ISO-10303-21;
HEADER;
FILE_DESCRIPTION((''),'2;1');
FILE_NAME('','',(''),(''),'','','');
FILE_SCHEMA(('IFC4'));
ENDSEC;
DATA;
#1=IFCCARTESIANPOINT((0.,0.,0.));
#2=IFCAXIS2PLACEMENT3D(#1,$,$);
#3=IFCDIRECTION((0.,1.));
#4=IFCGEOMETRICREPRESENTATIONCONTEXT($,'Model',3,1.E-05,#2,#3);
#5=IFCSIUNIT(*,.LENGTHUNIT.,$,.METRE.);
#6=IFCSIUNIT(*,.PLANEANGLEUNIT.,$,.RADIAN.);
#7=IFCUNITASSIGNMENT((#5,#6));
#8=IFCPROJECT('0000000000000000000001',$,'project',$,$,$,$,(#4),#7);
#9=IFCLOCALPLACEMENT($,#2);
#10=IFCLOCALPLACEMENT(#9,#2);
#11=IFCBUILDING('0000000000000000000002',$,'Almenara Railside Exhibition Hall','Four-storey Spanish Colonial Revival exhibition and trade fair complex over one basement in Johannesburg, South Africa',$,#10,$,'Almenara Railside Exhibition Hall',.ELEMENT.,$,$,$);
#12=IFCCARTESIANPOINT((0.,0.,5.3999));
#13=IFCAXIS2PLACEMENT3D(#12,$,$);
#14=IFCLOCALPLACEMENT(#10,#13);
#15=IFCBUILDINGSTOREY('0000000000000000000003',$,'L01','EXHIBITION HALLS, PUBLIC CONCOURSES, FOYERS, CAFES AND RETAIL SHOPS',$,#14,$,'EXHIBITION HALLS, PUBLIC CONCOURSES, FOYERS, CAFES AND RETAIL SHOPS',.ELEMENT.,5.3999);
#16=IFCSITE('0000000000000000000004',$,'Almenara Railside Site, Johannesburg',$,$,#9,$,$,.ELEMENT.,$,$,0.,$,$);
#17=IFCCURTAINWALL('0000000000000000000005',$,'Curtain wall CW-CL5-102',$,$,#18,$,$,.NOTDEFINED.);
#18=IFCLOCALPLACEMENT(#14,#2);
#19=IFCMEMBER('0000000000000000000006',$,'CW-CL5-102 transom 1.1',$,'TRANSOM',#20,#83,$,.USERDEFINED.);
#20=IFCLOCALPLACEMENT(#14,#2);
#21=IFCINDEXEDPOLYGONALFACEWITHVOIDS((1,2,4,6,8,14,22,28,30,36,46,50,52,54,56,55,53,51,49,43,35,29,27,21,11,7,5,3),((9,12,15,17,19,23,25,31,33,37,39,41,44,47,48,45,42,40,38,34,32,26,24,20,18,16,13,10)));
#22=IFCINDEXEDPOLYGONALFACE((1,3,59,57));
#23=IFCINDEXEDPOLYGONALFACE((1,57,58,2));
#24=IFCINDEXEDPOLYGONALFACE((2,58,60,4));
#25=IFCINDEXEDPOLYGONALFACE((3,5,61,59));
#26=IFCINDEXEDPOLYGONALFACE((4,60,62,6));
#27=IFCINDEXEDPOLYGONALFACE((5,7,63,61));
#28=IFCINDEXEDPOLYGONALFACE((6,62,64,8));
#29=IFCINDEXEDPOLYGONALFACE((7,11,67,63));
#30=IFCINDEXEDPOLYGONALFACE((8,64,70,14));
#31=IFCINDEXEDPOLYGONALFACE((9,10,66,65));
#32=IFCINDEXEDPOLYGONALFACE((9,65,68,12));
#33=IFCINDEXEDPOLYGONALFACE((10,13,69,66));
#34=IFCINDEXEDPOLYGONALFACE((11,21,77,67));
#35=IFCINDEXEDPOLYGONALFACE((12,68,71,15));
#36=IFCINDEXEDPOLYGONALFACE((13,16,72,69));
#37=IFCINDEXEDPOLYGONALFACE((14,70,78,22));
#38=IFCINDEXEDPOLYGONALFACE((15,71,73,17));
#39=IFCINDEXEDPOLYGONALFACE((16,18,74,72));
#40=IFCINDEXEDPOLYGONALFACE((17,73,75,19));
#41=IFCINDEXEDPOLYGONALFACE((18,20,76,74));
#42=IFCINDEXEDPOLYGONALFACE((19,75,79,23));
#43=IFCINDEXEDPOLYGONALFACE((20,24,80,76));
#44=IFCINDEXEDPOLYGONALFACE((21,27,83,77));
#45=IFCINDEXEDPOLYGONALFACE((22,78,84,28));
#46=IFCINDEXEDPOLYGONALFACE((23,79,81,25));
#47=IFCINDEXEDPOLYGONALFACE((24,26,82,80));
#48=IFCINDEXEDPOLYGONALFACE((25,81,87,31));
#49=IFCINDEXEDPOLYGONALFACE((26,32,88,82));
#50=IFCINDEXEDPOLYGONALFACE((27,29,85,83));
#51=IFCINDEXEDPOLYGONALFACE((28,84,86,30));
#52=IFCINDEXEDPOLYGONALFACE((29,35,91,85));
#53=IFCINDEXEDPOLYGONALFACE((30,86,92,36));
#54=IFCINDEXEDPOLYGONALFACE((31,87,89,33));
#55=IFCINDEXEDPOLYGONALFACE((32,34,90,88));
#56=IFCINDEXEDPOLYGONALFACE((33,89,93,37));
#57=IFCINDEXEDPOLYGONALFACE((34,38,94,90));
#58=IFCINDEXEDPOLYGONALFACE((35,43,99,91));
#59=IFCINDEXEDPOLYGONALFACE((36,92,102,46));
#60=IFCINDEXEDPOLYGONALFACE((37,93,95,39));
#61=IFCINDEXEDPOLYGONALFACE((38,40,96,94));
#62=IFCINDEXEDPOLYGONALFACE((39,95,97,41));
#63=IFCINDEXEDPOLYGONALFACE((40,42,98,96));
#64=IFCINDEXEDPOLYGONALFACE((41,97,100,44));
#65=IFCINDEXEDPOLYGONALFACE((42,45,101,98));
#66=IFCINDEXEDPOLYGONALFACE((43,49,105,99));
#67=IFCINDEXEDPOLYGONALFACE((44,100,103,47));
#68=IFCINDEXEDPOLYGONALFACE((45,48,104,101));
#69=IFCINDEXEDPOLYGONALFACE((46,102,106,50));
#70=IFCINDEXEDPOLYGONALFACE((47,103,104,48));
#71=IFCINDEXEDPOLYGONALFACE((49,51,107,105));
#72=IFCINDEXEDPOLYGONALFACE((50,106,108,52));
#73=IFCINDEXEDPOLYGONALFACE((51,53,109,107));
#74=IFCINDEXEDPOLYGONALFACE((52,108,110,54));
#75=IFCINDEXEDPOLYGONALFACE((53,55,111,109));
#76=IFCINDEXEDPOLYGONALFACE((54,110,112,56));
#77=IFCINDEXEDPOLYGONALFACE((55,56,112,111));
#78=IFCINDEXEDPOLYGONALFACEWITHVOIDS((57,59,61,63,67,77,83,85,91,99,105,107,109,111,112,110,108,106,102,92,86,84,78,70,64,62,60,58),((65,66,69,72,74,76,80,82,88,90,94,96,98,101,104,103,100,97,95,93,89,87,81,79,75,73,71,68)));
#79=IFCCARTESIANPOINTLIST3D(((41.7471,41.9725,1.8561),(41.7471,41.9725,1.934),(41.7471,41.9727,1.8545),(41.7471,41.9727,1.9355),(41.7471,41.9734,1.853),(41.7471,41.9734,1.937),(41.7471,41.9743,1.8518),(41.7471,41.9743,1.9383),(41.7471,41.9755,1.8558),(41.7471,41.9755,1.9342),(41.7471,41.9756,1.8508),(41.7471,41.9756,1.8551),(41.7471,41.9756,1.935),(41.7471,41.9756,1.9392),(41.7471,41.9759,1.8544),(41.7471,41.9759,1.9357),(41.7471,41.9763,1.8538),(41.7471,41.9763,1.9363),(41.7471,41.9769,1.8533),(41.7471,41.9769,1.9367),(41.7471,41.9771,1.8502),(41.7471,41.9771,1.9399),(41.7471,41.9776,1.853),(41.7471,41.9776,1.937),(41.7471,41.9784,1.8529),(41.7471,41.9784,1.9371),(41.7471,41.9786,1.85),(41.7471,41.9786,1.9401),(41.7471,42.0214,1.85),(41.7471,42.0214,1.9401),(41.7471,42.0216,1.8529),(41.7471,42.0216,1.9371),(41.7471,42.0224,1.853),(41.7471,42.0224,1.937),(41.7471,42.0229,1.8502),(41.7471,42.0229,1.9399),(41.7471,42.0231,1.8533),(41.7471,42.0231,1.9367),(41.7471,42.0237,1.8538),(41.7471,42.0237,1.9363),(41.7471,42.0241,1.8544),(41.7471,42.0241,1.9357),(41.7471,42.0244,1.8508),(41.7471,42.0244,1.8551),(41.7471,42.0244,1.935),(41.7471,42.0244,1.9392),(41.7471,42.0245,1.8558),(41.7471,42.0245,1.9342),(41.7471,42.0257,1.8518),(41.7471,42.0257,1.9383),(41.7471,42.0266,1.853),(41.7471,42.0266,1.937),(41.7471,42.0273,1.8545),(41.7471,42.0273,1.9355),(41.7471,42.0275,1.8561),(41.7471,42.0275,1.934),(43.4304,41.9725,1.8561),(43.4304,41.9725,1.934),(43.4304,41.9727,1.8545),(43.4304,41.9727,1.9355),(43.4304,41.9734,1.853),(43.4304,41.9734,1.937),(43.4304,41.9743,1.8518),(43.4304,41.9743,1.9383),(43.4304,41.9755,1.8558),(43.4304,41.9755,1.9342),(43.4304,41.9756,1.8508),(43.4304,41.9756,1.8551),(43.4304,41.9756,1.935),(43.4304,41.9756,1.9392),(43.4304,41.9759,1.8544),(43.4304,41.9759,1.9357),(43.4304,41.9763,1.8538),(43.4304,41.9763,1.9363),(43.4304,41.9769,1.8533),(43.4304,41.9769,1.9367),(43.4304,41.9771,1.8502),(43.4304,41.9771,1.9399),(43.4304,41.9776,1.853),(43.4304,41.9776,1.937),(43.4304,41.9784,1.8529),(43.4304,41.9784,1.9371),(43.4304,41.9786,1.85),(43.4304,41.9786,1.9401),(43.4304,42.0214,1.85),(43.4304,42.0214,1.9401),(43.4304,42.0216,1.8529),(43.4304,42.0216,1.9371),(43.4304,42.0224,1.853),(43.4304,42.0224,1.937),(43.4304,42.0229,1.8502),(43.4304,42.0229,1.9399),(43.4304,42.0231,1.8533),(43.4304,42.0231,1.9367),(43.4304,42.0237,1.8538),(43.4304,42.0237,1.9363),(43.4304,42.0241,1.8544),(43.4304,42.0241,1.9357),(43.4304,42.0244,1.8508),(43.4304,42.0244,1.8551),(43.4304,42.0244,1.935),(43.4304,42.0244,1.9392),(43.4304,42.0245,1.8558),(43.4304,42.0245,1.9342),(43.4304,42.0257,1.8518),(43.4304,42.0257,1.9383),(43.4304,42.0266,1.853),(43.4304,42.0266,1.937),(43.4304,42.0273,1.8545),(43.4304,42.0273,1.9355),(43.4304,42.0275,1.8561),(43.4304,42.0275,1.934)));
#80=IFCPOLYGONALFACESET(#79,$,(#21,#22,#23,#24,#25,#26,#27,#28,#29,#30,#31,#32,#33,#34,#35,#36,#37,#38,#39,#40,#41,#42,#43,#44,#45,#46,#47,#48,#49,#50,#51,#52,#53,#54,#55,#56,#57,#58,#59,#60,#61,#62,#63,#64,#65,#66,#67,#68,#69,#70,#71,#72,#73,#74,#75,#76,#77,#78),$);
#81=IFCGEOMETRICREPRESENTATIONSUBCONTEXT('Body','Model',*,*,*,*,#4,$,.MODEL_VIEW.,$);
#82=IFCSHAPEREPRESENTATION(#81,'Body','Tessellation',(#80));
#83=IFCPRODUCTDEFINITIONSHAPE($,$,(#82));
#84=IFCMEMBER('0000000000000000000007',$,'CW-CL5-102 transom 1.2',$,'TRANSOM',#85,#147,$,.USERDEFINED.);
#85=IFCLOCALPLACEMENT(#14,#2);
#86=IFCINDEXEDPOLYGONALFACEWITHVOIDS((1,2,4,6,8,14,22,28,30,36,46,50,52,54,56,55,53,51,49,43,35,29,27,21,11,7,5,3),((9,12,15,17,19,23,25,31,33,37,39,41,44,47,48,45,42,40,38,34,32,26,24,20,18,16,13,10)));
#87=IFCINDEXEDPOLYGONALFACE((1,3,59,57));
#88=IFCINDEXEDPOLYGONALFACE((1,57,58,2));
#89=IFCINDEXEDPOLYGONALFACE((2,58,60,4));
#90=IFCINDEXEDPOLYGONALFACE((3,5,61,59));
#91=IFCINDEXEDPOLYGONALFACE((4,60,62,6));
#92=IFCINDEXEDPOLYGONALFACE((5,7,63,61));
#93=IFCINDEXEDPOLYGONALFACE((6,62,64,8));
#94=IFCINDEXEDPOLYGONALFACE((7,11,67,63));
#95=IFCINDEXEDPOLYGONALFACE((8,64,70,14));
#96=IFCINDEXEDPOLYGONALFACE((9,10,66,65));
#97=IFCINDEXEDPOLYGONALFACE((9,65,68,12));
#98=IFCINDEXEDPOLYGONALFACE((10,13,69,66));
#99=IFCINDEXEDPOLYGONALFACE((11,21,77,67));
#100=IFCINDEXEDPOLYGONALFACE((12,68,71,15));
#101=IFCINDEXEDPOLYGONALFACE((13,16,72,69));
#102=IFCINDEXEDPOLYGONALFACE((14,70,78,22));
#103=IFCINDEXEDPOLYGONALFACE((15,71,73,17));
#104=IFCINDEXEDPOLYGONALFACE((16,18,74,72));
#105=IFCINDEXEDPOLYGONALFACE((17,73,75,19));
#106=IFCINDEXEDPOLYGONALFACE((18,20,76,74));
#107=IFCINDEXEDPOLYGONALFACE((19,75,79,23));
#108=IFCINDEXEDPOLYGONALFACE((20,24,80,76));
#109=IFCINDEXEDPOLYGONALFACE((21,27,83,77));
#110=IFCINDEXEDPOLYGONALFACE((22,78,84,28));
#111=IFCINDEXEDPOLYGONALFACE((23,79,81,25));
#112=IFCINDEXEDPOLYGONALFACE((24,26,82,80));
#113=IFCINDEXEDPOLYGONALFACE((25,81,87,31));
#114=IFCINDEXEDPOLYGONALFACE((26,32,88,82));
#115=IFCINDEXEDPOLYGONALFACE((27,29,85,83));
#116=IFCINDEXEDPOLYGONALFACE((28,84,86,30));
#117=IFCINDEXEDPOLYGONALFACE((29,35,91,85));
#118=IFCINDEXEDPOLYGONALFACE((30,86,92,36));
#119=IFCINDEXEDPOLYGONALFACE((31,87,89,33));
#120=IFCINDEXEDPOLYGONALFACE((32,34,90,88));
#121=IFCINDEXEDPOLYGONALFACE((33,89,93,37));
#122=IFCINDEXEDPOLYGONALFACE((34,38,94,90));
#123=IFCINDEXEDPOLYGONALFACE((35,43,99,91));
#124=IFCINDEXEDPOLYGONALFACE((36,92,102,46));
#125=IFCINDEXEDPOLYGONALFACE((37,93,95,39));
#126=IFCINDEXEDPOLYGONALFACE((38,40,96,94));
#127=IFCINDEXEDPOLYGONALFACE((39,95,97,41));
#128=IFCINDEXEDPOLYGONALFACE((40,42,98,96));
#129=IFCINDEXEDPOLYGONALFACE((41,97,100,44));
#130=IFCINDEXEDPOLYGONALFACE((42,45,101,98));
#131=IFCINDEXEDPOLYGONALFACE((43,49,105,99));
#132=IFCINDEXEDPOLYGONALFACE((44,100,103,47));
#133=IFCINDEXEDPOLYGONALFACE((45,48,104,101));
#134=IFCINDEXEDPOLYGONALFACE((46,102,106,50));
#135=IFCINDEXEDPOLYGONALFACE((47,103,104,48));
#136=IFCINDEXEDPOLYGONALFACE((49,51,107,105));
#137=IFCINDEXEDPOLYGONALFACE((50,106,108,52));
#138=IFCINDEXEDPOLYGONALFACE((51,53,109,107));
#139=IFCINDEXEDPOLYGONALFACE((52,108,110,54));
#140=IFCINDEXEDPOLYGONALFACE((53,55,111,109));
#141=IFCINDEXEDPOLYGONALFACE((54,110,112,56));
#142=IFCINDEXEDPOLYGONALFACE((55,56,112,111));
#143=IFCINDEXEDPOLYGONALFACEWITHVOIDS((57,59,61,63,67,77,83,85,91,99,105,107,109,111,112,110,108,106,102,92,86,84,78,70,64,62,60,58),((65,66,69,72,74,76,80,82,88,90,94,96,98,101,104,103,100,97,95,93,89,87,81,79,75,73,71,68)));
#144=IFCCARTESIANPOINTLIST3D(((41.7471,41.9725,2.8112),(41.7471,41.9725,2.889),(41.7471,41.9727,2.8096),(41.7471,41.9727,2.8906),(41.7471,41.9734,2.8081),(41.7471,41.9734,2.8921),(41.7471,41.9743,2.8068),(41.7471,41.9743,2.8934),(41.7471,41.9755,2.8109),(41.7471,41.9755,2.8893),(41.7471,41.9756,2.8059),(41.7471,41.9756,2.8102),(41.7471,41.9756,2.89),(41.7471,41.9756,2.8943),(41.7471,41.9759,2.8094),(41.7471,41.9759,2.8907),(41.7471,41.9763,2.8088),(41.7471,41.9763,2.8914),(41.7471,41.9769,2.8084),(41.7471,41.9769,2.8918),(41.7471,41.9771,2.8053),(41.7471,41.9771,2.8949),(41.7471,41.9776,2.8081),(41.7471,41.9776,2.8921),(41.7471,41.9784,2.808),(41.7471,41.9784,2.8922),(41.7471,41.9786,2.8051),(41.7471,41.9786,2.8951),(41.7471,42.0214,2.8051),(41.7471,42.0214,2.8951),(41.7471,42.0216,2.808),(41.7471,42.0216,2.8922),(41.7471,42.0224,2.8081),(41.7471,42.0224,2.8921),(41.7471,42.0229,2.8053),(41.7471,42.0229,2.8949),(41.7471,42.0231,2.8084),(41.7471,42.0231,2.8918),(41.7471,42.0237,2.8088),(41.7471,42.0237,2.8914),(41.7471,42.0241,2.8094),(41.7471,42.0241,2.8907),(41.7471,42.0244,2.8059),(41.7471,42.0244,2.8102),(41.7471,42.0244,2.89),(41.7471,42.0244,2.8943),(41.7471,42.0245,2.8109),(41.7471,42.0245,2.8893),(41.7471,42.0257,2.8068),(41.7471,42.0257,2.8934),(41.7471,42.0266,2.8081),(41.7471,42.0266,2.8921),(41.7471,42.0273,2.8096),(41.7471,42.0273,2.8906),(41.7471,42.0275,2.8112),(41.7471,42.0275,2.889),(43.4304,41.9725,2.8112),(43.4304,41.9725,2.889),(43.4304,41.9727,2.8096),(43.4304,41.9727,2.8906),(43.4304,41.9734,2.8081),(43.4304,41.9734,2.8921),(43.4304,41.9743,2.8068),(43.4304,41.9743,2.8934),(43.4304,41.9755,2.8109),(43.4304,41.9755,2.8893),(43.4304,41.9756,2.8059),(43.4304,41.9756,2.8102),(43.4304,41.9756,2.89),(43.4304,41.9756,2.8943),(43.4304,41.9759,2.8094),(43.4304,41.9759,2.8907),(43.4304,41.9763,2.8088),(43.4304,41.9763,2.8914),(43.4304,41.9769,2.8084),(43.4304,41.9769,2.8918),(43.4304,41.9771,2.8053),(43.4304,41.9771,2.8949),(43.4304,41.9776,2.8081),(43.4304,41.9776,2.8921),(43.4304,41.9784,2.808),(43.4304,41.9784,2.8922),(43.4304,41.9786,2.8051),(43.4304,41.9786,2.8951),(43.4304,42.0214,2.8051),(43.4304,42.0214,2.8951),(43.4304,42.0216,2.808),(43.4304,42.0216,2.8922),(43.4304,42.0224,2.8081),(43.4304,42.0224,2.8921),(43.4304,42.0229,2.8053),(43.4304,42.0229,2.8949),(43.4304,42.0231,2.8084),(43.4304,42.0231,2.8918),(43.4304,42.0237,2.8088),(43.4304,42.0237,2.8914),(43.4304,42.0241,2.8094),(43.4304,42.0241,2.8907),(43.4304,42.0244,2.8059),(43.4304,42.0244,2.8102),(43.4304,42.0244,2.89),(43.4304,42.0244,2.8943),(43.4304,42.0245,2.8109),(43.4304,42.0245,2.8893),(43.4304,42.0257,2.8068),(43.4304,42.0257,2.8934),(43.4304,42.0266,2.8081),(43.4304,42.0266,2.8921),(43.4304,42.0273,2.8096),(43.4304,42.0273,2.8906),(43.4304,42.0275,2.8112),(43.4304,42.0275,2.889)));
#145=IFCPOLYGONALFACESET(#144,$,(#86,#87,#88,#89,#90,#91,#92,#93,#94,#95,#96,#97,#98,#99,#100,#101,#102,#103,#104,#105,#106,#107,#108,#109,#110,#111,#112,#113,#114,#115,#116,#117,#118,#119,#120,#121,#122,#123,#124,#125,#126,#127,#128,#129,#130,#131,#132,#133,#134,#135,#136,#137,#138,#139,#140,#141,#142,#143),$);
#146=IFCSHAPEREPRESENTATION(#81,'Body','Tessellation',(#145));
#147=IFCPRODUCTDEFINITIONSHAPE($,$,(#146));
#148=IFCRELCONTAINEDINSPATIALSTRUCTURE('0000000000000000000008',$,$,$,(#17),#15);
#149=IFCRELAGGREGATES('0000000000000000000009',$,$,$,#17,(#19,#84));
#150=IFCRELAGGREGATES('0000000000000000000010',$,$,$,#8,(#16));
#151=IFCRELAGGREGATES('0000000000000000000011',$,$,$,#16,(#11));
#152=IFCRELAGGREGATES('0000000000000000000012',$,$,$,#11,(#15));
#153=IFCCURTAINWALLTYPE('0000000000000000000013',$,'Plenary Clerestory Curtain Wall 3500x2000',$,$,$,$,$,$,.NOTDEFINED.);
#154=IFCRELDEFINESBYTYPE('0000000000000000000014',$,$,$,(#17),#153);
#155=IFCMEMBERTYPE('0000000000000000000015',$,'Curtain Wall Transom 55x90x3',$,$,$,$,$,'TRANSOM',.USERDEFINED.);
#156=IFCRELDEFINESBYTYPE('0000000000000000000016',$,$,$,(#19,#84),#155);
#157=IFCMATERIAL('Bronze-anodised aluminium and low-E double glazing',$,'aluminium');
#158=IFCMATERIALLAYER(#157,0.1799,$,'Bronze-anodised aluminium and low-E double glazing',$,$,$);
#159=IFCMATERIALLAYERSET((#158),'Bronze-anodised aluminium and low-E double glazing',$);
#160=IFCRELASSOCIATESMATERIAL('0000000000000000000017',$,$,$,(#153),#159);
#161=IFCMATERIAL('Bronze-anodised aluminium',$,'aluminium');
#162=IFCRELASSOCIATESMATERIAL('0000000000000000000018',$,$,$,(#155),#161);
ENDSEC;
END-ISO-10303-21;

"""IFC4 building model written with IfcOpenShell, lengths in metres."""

from ifc_helpers import new_model, si_unit, direction, frame, origin, origin_2d, place, context, subcontext, project, spatial, hollow_rectangle, extrude, material, layer, layer_set, material_profile, profile_set, type_object, element, aggregate, save


model = new_model("IFC4")

# Units and contexts
model_context = context("Model", 3, precision=1e-05, world=origin(), true_north=direction((0.0, 1.0)))
body_context = subcontext(model_context, "Body", "Model", "MODEL_VIEW")
ifc_project = project(units=[si_unit("LENGTHUNIT", "METRE"), si_unit("PLANEANGLEUNIT", "RADIAN")], contexts=[model_context])

# Site, building, storey
site_placement = place(None, origin())
site = spatial("IfcSite", under=ifc_project, at=site_placement, Name="Almenara Railside Site, Johannesburg", CompositionType="ELEMENT", RefElevation=0.0)
building_placement = place(site_placement, origin())
building = spatial("IfcBuilding", under=site, at=building_placement, Name="Almenara Railside Exhibition Hall", Description="Four-storey Spanish Colonial Revival exhibition and trade fair complex over one basement in Johannesburg, South Africa", LongName="Almenara Railside Exhibition Hall", CompositionType="ELEMENT")
storey_placement = place(building_placement, frame((0.0, 0.0, 5.3999)))
storey = spatial("IfcBuildingStorey", under=building, at=storey_placement, Name="L01", Description="EXHIBITION HALLS, PUBLIC CONCOURSES, FOYERS, CAFES AND RETAIL SHOPS", LongName="EXHIBITION HALLS, PUBLIC CONCOURSES, FOYERS, CAFES AND RETAIL SHOPS", CompositionType="ELEMENT", Elevation=5.3999)

# Curtain wall
ifc_material_1 = material(Name="Bronze-anodised aluminium and low-E double glazing", Category="aluminium")
ifc_layer_1 = layer(ifc_material_1, 0.1799, Name="Bronze-anodised aluminium and low-E double glazing")
ifc_layer_set_1 = layer_set([ifc_layer_1], Name="Bronze-anodised aluminium and low-E double glazing")
curtain_wall_type_1 = type_object("IfcCurtainWallType", Name="Plenary Clerestory Curtain Wall 3500x2000", PredefinedType="NOTDEFINED", material=ifc_layer_set_1)
curtain_wall_1_placement = place(storey_placement, origin())
curtain_wall_1 = element("IfcCurtainWall", 1, at=curtain_wall_1_placement, inside=storey, type_object=curtain_wall_type_1, Name="Curtain wall CW-CL5-102", PredefinedType="NOTDEFINED")
ifc_material_2 = material(Name="Bronze-anodised aluminium", Category="aluminium")

# Members
ifc_material_profile_1 = material_profile(ifc_material_2, hollow_rectangle(XDim=0.0549, YDim=0.0901, WallThickness=0.0029, InnerFilletRadius=0.0029, OuterFilletRadius=0.0061, at=origin_2d()), Name="ALU-TRN 55x90x3")
ifc_profile_set_1 = profile_set([ifc_material_profile_1], Name="Bronze-anodised aluminium")
member_type_1 = type_object("IfcMemberType", Name="Curtain Wall Transom 55x90x3", ElementType="TRANSOM", PredefinedType="USERDEFINED", material=ifc_profile_set_1)
member_1_placement = place(storey_placement, frame((41.7471, 42.0, 1.895), z_axis=(1.0, 0.0, 0.0), x_axis=(0.0, 1.0, 0.0)))
member_1 = element("IfcMember", 2, at=member_1_placement, type_object=member_type_1, Name="CW-CL5-102 transom 1.1", ObjectType="TRANSOM", PredefinedType="USERDEFINED", context=body_context, shape_type="SweptSolid", body=[
    extrude(hollow_rectangle(XDim=0.0549, YDim=0.0901, WallThickness=0.0029, InnerFilletRadius=0.0029, OuterFilletRadius=0.0061, at=origin_2d()), origin(), (0.0, 0.0, 1.0), 1.6833),
])
member_2_placement = place(storey_placement, frame((41.7471, 42.0, 2.8501), z_axis=(1.0, 0.0, 0.0), x_axis=(0.0, 1.0, 0.0)))
member_2 = element("IfcMember", 3, at=member_2_placement, type_object=member_type_1, Name="CW-CL5-102 transom 1.2", ObjectType="TRANSOM", PredefinedType="USERDEFINED", context=body_context, shape_type="SweptSolid", body=[
    extrude(hollow_rectangle(XDim=0.0549, YDim=0.0901, WallThickness=0.0029, InnerFilletRadius=0.0029, OuterFilletRadius=0.0061, at=origin_2d()), origin(), (0.0, 0.0, 1.0), 1.6833),
])

aggregate(curtain_wall_1, [member_1, member_2])

save(model, "model.ifc")
